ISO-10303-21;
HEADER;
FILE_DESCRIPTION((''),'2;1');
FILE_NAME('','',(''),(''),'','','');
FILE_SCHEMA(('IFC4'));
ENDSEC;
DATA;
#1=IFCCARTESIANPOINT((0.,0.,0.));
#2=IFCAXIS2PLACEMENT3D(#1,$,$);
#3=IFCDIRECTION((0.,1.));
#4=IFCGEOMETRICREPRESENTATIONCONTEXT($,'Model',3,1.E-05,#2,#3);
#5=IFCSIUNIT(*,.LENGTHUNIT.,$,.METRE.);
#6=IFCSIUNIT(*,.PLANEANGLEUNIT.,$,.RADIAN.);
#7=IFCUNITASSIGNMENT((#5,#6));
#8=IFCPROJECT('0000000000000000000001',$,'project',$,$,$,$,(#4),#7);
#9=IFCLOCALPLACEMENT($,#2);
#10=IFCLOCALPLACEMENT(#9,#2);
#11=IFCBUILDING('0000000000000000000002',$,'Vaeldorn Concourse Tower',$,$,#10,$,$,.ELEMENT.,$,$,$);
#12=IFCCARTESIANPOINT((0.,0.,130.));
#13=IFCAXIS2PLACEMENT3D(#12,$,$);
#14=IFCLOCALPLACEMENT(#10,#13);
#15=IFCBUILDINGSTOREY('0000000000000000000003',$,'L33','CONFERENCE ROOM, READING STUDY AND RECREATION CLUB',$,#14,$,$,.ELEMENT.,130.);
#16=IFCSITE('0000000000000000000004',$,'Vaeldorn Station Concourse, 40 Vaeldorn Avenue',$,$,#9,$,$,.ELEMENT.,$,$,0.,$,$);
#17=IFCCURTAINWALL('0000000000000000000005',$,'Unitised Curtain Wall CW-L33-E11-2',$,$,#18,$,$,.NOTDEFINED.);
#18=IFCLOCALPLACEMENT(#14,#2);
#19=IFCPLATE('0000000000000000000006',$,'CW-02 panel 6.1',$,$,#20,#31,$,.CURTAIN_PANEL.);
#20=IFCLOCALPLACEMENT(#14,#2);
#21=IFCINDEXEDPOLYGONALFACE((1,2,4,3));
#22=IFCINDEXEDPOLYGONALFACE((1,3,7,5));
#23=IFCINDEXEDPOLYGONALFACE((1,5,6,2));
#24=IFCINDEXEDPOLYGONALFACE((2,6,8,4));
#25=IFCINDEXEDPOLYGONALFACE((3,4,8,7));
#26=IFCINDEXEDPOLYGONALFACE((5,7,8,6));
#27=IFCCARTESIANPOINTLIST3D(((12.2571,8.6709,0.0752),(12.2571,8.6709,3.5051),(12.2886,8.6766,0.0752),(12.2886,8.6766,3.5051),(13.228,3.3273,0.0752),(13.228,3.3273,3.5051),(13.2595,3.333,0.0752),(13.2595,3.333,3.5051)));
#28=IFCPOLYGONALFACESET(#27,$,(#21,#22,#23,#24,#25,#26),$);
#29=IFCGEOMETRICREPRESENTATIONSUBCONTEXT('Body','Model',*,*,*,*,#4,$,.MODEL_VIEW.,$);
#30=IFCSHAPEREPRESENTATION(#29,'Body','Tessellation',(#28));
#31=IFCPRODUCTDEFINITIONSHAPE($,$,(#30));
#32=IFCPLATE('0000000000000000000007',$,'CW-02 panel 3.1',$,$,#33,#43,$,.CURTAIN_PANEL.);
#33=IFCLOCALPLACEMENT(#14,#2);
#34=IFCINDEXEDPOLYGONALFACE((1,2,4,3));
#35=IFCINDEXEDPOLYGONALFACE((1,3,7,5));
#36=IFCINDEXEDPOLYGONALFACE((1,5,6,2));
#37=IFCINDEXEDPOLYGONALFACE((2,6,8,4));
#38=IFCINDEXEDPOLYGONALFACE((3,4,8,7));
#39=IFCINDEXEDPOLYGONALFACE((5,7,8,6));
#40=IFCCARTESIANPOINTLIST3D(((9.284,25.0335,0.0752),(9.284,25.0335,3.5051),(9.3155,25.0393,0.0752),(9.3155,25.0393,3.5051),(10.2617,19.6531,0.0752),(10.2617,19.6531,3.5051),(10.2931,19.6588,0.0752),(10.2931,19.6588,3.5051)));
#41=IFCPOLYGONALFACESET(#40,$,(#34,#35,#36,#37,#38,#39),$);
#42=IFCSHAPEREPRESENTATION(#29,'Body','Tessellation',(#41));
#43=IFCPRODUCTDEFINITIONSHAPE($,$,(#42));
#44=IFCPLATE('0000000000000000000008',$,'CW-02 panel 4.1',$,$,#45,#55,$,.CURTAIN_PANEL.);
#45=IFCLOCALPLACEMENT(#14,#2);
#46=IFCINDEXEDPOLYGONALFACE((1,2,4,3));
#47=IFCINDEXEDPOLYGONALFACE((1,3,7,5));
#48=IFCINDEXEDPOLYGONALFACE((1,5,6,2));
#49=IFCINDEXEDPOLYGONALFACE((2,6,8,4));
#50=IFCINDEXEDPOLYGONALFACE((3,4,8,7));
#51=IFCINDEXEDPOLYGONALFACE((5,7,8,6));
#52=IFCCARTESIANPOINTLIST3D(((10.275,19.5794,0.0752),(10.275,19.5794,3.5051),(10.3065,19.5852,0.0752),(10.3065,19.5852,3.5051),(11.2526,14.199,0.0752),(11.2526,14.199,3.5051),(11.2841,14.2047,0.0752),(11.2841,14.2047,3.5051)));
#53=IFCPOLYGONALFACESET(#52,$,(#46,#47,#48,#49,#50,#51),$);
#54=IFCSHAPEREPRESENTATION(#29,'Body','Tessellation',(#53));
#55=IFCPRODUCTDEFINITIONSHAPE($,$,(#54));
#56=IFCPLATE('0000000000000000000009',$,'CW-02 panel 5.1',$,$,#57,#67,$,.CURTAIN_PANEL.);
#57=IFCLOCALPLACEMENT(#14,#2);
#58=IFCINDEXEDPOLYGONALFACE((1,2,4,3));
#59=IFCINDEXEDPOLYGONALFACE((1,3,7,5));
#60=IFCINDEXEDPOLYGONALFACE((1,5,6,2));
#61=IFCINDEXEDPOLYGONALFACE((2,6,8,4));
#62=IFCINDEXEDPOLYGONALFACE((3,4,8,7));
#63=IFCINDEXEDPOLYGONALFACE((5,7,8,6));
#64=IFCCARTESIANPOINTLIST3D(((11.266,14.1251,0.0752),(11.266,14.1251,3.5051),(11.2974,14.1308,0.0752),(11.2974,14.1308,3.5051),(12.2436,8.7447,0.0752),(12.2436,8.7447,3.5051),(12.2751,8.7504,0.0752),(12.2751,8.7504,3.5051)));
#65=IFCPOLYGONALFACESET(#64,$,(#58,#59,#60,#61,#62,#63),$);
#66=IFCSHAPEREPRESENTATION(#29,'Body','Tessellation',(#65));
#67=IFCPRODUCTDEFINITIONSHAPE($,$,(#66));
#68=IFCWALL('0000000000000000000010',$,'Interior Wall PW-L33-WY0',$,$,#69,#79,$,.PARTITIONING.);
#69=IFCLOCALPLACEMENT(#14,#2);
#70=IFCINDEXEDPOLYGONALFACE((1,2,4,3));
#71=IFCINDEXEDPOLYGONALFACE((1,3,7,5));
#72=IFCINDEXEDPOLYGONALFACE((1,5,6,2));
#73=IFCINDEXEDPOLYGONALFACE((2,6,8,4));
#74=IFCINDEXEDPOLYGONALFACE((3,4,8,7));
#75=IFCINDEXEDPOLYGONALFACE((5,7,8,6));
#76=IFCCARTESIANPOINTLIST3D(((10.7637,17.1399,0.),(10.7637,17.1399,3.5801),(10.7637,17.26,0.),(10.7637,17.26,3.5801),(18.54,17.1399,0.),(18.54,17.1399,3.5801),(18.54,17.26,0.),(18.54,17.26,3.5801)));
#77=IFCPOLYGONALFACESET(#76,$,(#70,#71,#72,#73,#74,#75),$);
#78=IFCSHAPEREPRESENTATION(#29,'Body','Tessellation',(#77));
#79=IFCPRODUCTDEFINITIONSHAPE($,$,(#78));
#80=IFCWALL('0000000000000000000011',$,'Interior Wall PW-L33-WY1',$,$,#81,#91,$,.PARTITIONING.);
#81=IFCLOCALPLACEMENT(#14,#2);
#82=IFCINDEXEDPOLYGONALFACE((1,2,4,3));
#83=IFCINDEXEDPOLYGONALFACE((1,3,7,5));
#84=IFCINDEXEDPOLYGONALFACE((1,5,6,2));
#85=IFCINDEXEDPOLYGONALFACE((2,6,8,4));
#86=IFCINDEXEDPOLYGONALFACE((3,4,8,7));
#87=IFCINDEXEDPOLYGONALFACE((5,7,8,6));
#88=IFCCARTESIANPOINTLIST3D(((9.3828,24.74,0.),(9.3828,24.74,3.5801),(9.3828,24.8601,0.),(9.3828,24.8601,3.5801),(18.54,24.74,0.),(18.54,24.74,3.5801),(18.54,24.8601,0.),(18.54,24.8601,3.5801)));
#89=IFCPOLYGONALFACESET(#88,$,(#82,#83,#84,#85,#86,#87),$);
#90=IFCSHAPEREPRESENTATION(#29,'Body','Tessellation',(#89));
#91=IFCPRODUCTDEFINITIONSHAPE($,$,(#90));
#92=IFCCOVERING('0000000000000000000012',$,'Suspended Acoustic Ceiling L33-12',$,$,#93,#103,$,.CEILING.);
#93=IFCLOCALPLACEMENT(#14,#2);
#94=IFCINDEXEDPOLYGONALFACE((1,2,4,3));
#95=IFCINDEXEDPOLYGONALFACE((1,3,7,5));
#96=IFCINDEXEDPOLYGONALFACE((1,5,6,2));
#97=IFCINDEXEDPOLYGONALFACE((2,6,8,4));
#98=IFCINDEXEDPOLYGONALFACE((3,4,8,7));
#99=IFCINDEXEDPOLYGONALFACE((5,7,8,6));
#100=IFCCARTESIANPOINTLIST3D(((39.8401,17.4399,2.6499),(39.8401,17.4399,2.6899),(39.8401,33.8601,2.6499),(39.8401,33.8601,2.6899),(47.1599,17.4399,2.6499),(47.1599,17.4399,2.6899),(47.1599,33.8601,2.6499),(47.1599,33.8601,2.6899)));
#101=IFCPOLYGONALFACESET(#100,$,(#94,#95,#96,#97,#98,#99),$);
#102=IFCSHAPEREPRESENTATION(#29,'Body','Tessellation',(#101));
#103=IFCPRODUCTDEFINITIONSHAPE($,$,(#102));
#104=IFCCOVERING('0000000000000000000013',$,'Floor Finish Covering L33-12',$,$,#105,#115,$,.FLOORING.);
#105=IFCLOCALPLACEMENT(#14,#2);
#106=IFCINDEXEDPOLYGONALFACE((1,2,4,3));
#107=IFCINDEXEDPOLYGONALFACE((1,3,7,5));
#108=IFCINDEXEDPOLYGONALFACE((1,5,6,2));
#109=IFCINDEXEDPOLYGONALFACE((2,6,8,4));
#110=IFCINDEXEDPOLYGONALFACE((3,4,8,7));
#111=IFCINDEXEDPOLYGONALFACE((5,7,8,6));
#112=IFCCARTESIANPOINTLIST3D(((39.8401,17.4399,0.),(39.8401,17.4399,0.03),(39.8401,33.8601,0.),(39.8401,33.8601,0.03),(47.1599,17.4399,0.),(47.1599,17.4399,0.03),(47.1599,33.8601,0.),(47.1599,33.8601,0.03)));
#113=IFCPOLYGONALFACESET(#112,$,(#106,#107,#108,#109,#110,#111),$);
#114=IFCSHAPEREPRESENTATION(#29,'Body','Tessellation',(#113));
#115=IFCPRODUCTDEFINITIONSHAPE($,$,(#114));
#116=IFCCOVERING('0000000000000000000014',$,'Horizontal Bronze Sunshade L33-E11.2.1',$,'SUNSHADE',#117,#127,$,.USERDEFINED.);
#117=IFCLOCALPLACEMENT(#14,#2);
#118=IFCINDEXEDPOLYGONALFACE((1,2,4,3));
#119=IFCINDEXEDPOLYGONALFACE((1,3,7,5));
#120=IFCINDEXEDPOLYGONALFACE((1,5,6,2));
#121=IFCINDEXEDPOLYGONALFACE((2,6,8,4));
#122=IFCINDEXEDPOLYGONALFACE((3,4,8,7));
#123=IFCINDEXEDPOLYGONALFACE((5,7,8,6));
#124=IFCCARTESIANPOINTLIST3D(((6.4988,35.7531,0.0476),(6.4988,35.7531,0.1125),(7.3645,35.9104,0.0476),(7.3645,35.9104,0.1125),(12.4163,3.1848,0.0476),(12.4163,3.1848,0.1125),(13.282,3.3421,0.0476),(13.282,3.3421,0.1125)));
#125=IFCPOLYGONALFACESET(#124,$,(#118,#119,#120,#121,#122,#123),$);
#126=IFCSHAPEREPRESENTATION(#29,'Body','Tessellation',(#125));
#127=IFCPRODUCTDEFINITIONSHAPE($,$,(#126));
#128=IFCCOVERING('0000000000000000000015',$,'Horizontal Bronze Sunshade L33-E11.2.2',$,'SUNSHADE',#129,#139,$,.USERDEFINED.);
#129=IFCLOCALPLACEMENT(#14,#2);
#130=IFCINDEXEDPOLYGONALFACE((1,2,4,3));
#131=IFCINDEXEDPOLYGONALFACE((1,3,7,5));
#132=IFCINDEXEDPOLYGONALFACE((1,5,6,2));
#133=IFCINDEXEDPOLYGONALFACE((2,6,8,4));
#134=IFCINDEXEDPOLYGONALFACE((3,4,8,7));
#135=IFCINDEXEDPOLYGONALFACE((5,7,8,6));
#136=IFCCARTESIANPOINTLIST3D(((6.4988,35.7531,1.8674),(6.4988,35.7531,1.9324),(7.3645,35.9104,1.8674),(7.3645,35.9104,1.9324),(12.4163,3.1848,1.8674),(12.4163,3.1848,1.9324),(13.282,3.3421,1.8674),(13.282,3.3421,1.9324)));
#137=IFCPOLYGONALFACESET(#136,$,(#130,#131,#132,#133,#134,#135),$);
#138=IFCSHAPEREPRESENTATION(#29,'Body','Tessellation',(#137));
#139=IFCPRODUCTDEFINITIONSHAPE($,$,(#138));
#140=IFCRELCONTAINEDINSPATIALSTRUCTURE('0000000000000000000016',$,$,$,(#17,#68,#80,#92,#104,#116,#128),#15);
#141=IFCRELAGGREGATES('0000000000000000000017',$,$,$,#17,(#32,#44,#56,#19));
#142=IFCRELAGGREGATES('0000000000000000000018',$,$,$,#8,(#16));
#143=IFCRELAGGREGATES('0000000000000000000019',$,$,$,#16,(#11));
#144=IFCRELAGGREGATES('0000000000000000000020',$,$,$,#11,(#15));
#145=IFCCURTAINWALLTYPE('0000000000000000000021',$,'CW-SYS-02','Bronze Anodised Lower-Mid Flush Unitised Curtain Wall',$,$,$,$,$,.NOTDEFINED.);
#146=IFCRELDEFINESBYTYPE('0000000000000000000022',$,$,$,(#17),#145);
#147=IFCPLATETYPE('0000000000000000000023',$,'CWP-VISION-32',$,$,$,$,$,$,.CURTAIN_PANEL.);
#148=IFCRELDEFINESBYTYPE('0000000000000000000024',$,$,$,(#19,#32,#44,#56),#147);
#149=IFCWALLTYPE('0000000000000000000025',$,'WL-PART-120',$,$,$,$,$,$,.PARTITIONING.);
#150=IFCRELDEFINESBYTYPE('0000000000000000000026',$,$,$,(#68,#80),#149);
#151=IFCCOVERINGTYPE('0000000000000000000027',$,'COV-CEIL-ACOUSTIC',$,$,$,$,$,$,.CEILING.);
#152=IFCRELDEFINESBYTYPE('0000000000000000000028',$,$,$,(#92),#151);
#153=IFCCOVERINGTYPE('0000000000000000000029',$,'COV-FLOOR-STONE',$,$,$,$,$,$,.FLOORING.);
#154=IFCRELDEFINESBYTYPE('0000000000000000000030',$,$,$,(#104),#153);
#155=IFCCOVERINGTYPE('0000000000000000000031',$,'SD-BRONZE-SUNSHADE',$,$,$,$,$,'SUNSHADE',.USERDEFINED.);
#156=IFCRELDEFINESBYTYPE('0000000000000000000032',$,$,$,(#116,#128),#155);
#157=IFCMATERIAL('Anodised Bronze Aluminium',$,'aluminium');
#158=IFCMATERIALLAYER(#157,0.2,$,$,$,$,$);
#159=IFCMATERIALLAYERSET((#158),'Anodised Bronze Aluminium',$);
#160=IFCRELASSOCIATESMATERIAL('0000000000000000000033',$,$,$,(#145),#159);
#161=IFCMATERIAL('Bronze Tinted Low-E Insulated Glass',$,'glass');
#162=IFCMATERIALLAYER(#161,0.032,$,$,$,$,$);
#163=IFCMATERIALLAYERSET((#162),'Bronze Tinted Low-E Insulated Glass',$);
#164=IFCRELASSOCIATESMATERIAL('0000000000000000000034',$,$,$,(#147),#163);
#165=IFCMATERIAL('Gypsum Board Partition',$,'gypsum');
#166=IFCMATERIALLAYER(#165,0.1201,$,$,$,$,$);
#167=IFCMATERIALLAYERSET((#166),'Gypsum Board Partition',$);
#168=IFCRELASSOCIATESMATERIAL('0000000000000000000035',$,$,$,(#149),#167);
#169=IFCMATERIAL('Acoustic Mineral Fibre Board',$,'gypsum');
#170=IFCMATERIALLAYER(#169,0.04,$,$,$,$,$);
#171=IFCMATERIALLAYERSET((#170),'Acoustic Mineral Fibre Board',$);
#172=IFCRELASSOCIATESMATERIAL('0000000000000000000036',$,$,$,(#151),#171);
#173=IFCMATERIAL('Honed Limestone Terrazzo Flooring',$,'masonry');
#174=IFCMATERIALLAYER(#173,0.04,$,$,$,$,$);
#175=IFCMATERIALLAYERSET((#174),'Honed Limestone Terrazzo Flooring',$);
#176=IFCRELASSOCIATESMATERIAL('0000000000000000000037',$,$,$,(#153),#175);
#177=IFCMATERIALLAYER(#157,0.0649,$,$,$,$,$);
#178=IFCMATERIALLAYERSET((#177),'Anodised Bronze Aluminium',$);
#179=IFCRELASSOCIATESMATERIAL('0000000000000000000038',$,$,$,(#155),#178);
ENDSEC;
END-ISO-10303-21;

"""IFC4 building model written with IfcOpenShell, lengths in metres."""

from ifc_helpers import new_model, si_unit, direction, frame, frame_2d, origin, origin_2d, place, context, subcontext, project, spatial, polyline, rectangle, outline, extrude, source, transform, mapped, material, layer, layer_set, type_object, element, aggregate, save


model = new_model("IFC4")

# Units and contexts
model_context = context("Model", 3, precision=1e-05, world=origin(), true_north=direction((0.0, 1.0)))
body_context = subcontext(model_context, "Body", "Model", "MODEL_VIEW")
ifc_project = project(units=[si_unit("LENGTHUNIT", "METRE"), si_unit("PLANEANGLEUNIT", "RADIAN")], contexts=[model_context])

# Site, building, storey
site_placement = place(None, origin())
site = spatial("IfcSite", under=ifc_project, at=site_placement, Name="Vaeldorn Station Concourse, 40 Vaeldorn Avenue", CompositionType="ELEMENT", RefElevation=0.0)
building_placement = place(site_placement, origin())
building = spatial("IfcBuilding", under=site, at=building_placement, Name="Vaeldorn Concourse Tower", CompositionType="ELEMENT")
storey_placement = place(building_placement, frame((0.0, 0.0, 130.0)))
storey = spatial("IfcBuildingStorey", under=building, at=storey_placement, Name="L33", Description="CONFERENCE ROOM, READING STUDY AND RECREATION CLUB", CompositionType="ELEMENT", Elevation=130.0)

# Curtain wall, plates
ifc_material_1 = material(Name="Anodised Bronze Aluminium", Category="aluminium")
ifc_layer_1 = layer(ifc_material_1, 0.2)
ifc_layer_set_1 = layer_set([ifc_layer_1], Name="Anodised Bronze Aluminium")
curtain_wall_type = type_object("IfcCurtainWallType", Name="CW-SYS-02", Description="Bronze Anodised Lower-Mid Flush Unitised Curtain Wall", PredefinedType="NOTDEFINED", material=ifc_layer_set_1)
curtain_wall_placement = place(storey_placement, origin())
curtain_wall = element("IfcCurtainWall", 1, at=curtain_wall_placement, inside=storey, type_object=curtain_wall_type, Name="Unitised Curtain Wall CW-L33-E11-2", PredefinedType="NOTDEFINED")
ifc_material_2 = material(Name="Bronze Tinted Low-E Insulated Glass", Category="glass")
ifc_layer_2 = layer(ifc_material_2, 0.032)
ifc_layer_set_2 = layer_set([ifc_layer_2], Name="Bronze Tinted Low-E Insulated Glass")
plate_type = type_object("IfcPlateType", Name="CWP-VISION-32", PredefinedType="CURTAIN_PANEL", material=ifc_layer_set_2)
shared_shape_1 = source(origin(), body_context, "Body", "SweptSolid", [
    extrude(rectangle(XDim=5.4312, YDim=0.032, at=origin_2d()), origin(), (0.0, 0.0, 1.0), 3.4299),
])
plate_1_placement = place(storey_placement, frame((12.7583, 6.002, 0.0752), z_axis=(0.0, 0.0, 1.0), x_axis=(0.178774, -0.98389, 0.0)))
plate_1 = element("IfcPlate", 2, at=plate_1_placement, type_object=plate_type, Name="CW-02 panel 6.1", PredefinedType="CURTAIN_PANEL", context=body_context, shape_type="MappedRepresentation", body=[
    mapped(shared_shape_1, transform((0.0, 0.0, 0.0), scale=1.0)),
])
shared_shape_2 = source(origin(), body_context, "Body", "SweptSolid", [
    extrude(rectangle(XDim=5.4685, YDim=0.032, at=origin_2d()), origin(), (0.0, 0.0, 1.0), 3.4299),
])
plate_2_placement = place(storey_placement, frame((9.7886, 22.3462, 0.0752), z_axis=(0.0, 0.0, 1.0), x_axis=(0.178774, -0.98389, 0.0)))
plate_2 = element("IfcPlate", 3, at=plate_2_placement, type_object=plate_type, Name="CW-02 panel 3.1", PredefinedType="CURTAIN_PANEL", context=body_context, shape_type="MappedRepresentation", body=[
    mapped(shared_shape_2, transform((0.0, 0.0, 0.0), scale=1.0)),
])
plate_3_placement = place(storey_placement, frame((10.7795, 16.8921, 0.0752), z_axis=(0.0, 0.0, 1.0), x_axis=(0.178774, -0.98389, 0.0)))
plate_3 = element("IfcPlate", 4, at=plate_3_placement, type_object=plate_type, Name="CW-02 panel 4.1", PredefinedType="CURTAIN_PANEL", context=body_context, shape_type="MappedRepresentation", body=[
    mapped(shared_shape_2, transform((0.0, 0.0, 0.0), scale=1.0)),
])
plate_4_placement = place(storey_placement, frame((11.7705, 11.4377, 0.0752), z_axis=(0.0, 0.0, 1.0), x_axis=(0.178774, -0.98389, 0.0)))
plate_4 = element("IfcPlate", 5, at=plate_4_placement, type_object=plate_type, Name="CW-02 panel 5.1", PredefinedType="CURTAIN_PANEL", context=body_context, shape_type="MappedRepresentation", body=[
    mapped(shared_shape_2, transform((0.0, 0.0, 0.0), scale=1.0)),
])
aggregate(curtain_wall, [plate_2, plate_3, plate_4, plate_1])

# Walls
ifc_material_3 = material(Name="Gypsum Board Partition", Category="gypsum")
ifc_layer_3 = layer(ifc_material_3, 0.1201)
ifc_layer_set_3 = layer_set([ifc_layer_3], Name="Gypsum Board Partition")
wall_type = type_object("IfcWallType", Name="WL-PART-120", PredefinedType="PARTITIONING", material=ifc_layer_set_3)
wall_1_placement = place(storey_placement, frame((10.7637, 17.2, 0.0), z_axis=(0.0, 0.0, 1.0), x_axis=(1.0, 0.0, 0.0)))
element("IfcWall", 6, at=wall_1_placement, inside=storey, type_object=wall_type, Name="Interior Wall PW-L33-WY0", PredefinedType="PARTITIONING", context=body_context, shape_type="SweptSolid", body=[
    extrude(rectangle(XDim=7.7764, YDim=0.1201, at=frame_2d((3.8882, 0.0))), origin(), (0.0, 0.0, 1.0), 3.5801),
])
wall_2_placement = place(storey_placement, frame((9.3828, 24.8, 0.0), z_axis=(0.0, 0.0, 1.0), x_axis=(1.0, 0.0, 0.0)))
element("IfcWall", 7, at=wall_2_placement, inside=storey, type_object=wall_type, Name="Interior Wall PW-L33-WY1", PredefinedType="PARTITIONING", context=body_context, shape_type="SweptSolid", body=[
    extrude(rectangle(XDim=9.1572, YDim=0.1201, at=frame_2d((4.5786, 0.0))), origin(), (0.0, 0.0, 1.0), 3.5801),
])

# Coverings
ifc_material_4 = material(Name="Acoustic Mineral Fibre Board", Category="gypsum")
ifc_layer_4 = layer(ifc_material_4, 0.04)
ifc_layer_set_4 = layer_set([ifc_layer_4], Name="Acoustic Mineral Fibre Board")
covering_type_1 = type_object("IfcCoveringType", Name="COV-CEIL-ACOUSTIC", PredefinedType="CEILING", material=ifc_layer_set_4)
covering_1_placement = place(storey_placement, frame((0.0, 0.0, 2.6499)))
element("IfcCovering", 8, at=covering_1_placement, inside=storey, type_object=covering_type_1, Name="Suspended Acoustic Ceiling L33-12", PredefinedType="CEILING", context=body_context, shape_type="SweptSolid", body=[
    extrude(outline(polyline([(39.8401, 33.8601), (47.1599, 33.8601), (47.1599, 17.4399), (39.8401, 17.4399), (39.8401, 33.8601)])), origin(), (0.0, 0.0, 1.0), 0.04),
])
ifc_material_5 = material(Name="Honed Limestone Terrazzo Flooring", Category="masonry")
ifc_layer_5 = layer(ifc_material_5, 0.04)
ifc_layer_set_5 = layer_set([ifc_layer_5], Name="Honed Limestone Terrazzo Flooring")
covering_type_2 = type_object("IfcCoveringType", Name="COV-FLOOR-STONE", PredefinedType="FLOORING", material=ifc_layer_set_5)
covering_2_placement = place(storey_placement, origin())
element("IfcCovering", 9, at=covering_2_placement, inside=storey, type_object=covering_type_2, Name="Floor Finish Covering L33-12", PredefinedType="FLOORING", context=body_context, shape_type="SweptSolid", body=[
    extrude(outline(polyline([(39.8401, 33.8601), (47.1599, 33.8601), (47.1599, 17.4399), (39.8401, 17.4399), (39.8401, 33.8601)])), origin(), (0.0, 0.0, 1.0), 0.03),
])
ifc_layer_6 = layer(ifc_material_1, 0.0649)
ifc_layer_set_6 = layer_set([ifc_layer_6], Name="Anodised Bronze Aluminium")
covering_type_3 = type_object("IfcCoveringType", Name="SD-BRONZE-SUNSHADE", ElementType="SUNSHADE", PredefinedType="USERDEFINED", material=ifc_layer_set_6)
shared_shape_3 = source(origin(), body_context, "Body", "SweptSolid", [
    extrude(rectangle(XDim=33.1016, YDim=0.8799, at=origin_2d()), origin(), (0.0, 0.0, 1.0), 0.0649),
])
for number, where, z_axis, x_axis, name in (
    (10, (9.8904, 19.5476, 0.0476), (0.0, 0.0, 1.0), (0.178768, -0.983891, 0.0), "Horizontal Bronze Sunshade L33-E11.2.1"),
    (11, (9.8904, 19.5476, 1.8674), (0.0, 0.0, 1.0), (0.178768, -0.983891, 0.0), "Horizontal Bronze Sunshade L33-E11.2.2"),
):
    element("IfcCovering", number, at=place(storey_placement, frame(where, z_axis=z_axis, x_axis=x_axis)), inside=storey, type_object=covering_type_3, Name=name, ObjectType="SUNSHADE", PredefinedType="USERDEFINED", context=body_context, shape_type="MappedRepresentation", body=[
        mapped(shared_shape_3, transform((0.0, 0.0, 0.0), scale=1.0)),
    ])

save(model, "model.ifc")
